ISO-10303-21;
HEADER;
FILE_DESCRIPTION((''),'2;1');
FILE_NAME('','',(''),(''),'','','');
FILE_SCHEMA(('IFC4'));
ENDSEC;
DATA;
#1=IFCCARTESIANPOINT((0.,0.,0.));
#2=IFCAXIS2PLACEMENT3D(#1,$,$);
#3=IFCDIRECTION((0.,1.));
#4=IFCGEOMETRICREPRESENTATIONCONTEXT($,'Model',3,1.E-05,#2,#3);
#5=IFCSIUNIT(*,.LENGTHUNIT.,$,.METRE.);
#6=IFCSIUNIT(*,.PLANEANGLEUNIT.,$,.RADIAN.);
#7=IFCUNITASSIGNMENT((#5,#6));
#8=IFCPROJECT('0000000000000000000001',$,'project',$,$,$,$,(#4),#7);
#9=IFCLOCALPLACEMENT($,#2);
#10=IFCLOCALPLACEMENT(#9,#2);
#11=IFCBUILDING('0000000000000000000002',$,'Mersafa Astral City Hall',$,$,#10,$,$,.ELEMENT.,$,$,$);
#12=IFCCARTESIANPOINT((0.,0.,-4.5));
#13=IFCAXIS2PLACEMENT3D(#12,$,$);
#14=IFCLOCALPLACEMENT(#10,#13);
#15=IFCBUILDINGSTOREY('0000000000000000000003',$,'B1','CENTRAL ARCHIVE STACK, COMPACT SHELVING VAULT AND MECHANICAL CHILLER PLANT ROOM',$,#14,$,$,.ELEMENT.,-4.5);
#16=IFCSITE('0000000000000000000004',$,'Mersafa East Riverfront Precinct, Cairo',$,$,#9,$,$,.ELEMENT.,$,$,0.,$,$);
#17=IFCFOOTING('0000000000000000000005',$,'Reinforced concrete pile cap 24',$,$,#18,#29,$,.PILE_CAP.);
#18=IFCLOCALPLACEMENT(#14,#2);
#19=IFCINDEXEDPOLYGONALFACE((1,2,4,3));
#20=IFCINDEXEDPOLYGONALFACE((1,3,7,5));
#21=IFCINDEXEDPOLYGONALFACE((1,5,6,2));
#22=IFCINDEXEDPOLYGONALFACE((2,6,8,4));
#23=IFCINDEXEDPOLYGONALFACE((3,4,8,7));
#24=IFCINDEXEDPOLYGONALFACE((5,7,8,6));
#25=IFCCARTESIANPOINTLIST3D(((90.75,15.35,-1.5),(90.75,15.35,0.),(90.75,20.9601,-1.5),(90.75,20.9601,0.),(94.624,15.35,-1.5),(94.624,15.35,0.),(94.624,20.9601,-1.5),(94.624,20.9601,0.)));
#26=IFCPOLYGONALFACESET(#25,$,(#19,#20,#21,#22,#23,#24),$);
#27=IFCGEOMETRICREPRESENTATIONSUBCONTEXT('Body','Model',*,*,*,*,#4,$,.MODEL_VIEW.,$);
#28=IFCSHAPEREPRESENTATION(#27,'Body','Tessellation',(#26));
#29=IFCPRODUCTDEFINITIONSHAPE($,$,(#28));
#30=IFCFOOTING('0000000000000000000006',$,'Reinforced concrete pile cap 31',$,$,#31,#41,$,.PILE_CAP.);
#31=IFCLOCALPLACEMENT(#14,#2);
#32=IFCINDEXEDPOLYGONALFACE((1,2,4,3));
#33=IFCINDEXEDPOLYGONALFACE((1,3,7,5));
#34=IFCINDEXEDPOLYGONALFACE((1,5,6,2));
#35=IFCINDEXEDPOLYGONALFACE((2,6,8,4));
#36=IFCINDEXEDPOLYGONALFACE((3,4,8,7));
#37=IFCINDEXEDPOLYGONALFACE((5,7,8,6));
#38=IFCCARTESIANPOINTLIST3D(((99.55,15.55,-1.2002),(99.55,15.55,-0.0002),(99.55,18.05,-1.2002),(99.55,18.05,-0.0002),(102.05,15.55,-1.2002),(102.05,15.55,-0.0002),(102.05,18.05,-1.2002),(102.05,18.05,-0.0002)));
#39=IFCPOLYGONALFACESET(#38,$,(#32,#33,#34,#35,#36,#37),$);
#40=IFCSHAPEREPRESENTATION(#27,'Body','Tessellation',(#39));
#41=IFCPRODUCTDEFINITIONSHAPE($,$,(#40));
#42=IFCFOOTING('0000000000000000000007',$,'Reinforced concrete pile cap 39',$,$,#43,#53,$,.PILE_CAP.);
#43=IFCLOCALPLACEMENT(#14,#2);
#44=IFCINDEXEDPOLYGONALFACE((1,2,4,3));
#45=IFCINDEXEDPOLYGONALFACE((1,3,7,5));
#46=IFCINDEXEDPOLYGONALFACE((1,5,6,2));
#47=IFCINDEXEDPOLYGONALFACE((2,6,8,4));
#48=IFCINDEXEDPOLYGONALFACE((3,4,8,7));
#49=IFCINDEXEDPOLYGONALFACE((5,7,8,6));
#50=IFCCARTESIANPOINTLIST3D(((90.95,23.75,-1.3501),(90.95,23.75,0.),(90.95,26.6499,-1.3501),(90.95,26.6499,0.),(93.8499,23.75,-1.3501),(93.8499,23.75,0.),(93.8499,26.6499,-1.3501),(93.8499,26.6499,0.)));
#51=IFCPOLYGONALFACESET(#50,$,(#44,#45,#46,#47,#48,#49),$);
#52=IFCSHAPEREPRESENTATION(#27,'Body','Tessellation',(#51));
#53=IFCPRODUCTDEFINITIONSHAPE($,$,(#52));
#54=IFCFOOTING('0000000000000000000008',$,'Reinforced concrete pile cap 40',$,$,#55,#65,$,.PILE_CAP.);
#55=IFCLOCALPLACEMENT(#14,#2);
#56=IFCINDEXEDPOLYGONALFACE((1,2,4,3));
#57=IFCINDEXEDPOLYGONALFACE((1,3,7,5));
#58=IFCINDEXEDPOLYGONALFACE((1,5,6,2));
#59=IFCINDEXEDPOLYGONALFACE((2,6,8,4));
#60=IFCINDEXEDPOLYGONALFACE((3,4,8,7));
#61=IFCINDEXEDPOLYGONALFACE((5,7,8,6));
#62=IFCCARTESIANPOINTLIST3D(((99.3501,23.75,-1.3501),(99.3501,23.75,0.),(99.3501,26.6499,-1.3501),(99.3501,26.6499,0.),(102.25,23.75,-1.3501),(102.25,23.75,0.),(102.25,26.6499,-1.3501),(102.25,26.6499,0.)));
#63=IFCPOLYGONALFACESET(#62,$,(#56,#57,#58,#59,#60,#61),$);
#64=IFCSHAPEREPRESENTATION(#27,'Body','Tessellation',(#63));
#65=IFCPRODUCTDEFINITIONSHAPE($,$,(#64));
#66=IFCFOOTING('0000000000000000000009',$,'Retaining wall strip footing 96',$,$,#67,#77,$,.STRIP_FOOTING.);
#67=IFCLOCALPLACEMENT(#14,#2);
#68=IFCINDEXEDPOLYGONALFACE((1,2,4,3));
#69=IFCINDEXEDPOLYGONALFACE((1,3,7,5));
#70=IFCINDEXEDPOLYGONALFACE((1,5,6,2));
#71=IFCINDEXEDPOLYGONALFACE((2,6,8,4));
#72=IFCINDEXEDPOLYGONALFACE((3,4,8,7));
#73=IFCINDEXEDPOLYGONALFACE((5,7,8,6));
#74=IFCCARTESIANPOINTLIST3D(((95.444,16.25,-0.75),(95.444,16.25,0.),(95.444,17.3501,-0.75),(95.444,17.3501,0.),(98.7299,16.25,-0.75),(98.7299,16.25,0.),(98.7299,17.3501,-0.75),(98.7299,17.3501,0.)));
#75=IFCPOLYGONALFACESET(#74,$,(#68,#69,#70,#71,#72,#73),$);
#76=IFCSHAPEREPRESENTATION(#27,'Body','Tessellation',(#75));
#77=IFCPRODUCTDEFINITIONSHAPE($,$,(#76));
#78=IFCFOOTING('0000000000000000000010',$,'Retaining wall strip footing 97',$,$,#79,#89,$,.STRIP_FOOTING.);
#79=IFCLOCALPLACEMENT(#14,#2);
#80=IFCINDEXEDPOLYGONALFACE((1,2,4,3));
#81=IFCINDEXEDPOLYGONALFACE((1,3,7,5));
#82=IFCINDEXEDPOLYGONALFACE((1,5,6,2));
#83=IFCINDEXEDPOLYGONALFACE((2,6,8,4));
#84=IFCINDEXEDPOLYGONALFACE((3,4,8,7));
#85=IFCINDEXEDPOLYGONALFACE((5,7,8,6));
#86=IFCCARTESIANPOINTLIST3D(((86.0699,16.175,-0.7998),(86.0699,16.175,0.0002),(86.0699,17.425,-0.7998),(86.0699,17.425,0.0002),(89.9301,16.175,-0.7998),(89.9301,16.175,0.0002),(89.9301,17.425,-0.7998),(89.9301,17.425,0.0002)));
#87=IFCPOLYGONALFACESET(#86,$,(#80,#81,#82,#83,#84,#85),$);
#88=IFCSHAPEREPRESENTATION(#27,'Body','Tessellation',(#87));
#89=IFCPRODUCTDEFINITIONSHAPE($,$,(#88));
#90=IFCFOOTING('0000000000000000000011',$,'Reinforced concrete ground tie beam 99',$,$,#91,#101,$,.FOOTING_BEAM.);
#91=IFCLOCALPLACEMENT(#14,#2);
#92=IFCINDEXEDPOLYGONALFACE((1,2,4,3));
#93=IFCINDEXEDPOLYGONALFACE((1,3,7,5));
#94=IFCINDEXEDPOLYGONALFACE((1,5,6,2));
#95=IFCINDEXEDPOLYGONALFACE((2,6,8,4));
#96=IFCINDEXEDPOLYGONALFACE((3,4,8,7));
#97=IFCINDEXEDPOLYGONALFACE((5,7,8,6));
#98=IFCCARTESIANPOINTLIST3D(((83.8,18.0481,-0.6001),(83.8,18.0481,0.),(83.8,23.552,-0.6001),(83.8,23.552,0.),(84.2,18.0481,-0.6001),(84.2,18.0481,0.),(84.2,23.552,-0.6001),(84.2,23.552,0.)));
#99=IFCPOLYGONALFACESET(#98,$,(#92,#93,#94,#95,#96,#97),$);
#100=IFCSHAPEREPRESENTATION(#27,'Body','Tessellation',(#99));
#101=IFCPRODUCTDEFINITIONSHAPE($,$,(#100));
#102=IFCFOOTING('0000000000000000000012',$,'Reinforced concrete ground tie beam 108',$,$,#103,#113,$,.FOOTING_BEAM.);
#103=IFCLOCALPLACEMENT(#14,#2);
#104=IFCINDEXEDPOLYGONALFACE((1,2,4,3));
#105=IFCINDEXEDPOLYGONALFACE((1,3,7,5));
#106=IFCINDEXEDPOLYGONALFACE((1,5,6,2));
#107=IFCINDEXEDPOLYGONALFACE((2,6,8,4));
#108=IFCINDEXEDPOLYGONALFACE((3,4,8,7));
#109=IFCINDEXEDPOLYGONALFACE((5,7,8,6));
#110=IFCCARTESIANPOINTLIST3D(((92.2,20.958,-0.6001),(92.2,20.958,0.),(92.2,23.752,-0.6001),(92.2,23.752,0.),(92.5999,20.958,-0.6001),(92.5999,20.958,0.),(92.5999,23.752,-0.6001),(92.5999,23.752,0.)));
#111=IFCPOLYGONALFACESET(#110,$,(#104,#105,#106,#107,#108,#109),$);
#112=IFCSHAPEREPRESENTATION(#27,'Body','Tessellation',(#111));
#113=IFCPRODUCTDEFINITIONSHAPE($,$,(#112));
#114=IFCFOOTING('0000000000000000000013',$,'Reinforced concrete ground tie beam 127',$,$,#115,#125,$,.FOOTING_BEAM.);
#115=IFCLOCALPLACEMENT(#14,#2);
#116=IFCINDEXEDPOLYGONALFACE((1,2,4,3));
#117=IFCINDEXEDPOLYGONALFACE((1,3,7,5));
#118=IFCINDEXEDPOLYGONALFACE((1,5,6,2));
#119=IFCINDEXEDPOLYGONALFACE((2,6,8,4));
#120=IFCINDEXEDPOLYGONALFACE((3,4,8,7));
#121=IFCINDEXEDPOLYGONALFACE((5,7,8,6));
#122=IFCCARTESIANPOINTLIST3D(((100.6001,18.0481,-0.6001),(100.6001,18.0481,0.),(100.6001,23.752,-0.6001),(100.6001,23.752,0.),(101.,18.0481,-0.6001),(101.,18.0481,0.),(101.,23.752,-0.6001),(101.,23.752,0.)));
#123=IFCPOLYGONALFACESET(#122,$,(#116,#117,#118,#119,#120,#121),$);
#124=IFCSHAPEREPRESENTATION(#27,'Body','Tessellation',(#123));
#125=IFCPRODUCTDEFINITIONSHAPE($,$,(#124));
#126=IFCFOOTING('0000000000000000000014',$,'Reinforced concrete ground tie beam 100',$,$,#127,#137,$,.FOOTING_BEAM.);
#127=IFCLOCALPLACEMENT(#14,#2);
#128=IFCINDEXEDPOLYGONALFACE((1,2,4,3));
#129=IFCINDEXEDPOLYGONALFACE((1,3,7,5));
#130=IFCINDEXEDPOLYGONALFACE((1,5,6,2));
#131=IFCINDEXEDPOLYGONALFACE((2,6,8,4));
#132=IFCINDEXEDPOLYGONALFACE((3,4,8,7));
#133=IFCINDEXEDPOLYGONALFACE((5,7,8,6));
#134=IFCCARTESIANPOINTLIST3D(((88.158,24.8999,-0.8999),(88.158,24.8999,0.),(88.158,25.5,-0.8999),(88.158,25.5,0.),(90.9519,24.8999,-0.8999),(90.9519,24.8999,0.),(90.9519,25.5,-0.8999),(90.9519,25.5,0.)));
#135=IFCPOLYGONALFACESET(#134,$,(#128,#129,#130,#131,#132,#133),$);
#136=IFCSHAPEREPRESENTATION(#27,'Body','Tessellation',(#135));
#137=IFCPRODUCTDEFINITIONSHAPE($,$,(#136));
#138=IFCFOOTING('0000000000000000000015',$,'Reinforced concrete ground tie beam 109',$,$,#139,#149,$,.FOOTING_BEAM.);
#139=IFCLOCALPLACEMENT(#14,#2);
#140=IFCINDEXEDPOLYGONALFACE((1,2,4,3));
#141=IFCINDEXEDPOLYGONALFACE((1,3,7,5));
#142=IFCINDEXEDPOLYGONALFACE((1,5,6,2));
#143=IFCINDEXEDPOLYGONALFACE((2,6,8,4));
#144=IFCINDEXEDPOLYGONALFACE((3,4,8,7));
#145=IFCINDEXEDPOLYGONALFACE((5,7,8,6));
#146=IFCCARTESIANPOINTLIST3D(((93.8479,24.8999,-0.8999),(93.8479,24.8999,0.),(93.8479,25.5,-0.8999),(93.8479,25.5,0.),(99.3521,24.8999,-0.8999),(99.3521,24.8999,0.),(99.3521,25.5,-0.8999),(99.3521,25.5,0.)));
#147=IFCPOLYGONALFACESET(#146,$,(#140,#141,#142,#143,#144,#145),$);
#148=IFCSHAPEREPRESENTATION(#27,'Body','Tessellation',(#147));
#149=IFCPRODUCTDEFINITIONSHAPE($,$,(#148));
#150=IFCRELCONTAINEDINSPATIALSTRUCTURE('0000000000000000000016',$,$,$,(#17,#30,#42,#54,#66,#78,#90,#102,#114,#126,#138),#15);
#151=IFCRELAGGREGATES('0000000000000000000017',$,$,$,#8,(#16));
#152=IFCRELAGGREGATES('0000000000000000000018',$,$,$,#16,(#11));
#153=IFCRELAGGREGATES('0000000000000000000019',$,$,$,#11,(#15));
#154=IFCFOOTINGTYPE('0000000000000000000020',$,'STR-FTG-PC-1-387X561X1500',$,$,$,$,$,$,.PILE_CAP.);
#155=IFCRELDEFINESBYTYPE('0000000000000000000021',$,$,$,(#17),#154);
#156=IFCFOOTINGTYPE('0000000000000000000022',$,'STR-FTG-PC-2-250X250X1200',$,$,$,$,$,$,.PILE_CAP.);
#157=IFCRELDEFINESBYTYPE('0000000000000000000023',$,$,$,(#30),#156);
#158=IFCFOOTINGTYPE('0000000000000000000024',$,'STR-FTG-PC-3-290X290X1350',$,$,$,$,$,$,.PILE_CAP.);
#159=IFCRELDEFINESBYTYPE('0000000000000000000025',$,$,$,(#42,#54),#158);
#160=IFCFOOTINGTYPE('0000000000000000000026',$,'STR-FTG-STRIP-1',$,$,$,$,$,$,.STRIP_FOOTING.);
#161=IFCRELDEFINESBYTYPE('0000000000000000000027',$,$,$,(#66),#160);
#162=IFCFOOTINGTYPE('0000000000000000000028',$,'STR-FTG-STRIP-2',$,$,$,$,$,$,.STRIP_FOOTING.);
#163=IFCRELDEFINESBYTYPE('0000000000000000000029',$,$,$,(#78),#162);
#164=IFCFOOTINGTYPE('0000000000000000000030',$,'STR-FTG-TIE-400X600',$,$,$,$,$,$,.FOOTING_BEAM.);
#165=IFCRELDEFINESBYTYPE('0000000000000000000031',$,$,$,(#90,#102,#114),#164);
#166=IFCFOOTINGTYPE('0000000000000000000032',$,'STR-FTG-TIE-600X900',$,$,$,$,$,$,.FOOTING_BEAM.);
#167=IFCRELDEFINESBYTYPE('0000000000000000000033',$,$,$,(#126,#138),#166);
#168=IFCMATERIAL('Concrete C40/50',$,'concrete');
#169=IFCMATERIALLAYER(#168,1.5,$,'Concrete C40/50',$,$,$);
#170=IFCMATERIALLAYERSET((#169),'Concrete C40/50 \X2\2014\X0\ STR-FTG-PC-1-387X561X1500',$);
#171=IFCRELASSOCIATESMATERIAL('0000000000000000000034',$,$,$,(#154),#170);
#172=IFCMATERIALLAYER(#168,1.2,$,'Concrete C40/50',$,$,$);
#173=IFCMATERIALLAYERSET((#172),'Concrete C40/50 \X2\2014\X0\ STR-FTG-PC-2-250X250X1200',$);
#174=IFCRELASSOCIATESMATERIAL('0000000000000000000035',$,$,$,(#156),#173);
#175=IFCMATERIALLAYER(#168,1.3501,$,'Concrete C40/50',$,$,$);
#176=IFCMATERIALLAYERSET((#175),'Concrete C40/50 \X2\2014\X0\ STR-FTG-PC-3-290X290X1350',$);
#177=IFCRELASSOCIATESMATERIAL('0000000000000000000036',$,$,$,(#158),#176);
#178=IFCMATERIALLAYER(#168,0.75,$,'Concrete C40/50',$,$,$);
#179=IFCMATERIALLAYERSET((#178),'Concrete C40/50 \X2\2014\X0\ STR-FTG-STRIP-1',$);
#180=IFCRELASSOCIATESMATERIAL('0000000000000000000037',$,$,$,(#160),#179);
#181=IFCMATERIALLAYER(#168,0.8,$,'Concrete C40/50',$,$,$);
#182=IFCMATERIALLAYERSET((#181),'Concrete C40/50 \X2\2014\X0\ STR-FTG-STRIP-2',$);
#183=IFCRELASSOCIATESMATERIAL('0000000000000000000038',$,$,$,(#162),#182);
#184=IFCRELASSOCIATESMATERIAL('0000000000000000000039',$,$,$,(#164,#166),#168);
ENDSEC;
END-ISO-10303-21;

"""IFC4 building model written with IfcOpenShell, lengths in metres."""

from ifc_helpers import new_model, si_unit, direction, frame, origin, origin_2d, place, context, subcontext, project, spatial, rectangle, extrude, material, layer, layer_set, material_profile, profile_set, type_object, element, save


model = new_model("IFC4")

# Units and contexts
model_context = context("Model", 3, precision=1e-05, world=origin(), true_north=direction((0.0, 1.0)))
body_context = subcontext(model_context, "Body", "Model", "MODEL_VIEW")
ifc_project = project(units=[si_unit("LENGTHUNIT", "METRE"), si_unit("PLANEANGLEUNIT", "RADIAN")], contexts=[model_context])

# Site, building, storey
site_placement = place(None, origin())
site = spatial("IfcSite", under=ifc_project, at=site_placement, Name="Mersafa East Riverfront Precinct, Cairo", CompositionType="ELEMENT", RefElevation=0.0)
building_placement = place(site_placement, origin())
building = spatial("IfcBuilding", under=site, at=building_placement, Name="Mersafa Astral City Hall", CompositionType="ELEMENT")
storey_placement = place(building_placement, frame((0.0, 0.0, -4.5)))
storey = spatial("IfcBuildingStorey", under=building, at=storey_placement, Name="B1", Description="CENTRAL ARCHIVE STACK, COMPACT SHELVING VAULT AND MECHANICAL CHILLER PLANT ROOM", CompositionType="ELEMENT", Elevation=-4.5)

# Footings
ifc_material_1 = material(Name="Concrete C40/50", Category="concrete")
ifc_layer_1 = layer(ifc_material_1, 1.5, Name="Concrete C40/50")
ifc_layer_set_1 = layer_set([ifc_layer_1], Name="Concrete C40/50 — STR-FTG-PC-1-387X561X1500")
footing_type_1 = type_object("IfcFootingType", Name="STR-FTG-PC-1-387X561X1500", PredefinedType="PILE_CAP", material=ifc_layer_set_1)
footing_1_placement = place(storey_placement, frame((92.687, 18.155, -1.5), z_axis=(0.0, 0.0, 1.0), x_axis=(1.0, 0.0, 0.0)))
element("IfcFooting", 1, at=footing_1_placement, inside=storey, type_object=footing_type_1, Name="Reinforced concrete pile cap 24", PredefinedType="PILE_CAP", context=body_context, shape_type="SweptSolid", body=[
    extrude(rectangle(XDim=3.874, YDim=5.6101, at=origin_2d()), origin(), (0.0, 0.0, 1.0), 1.5),
])
ifc_layer_2 = layer(ifc_material_1, 1.2, Name="Concrete C40/50")
ifc_layer_set_2 = layer_set([ifc_layer_2], Name="Concrete C40/50 — STR-FTG-PC-2-250X250X1200")
footing_type_2 = type_object("IfcFootingType", Name="STR-FTG-PC-2-250X250X1200", PredefinedType="PILE_CAP", material=ifc_layer_set_2)
footing_2_placement = place(storey_placement, frame((100.8, 16.8, -1.2002), z_axis=(0.0, 0.0, 1.0), x_axis=(1.0, 0.0, 0.0)))
element("IfcFooting", 2, at=footing_2_placement, inside=storey, type_object=footing_type_2, Name="Reinforced concrete pile cap 31", PredefinedType="PILE_CAP", context=body_context, shape_type="SweptSolid", body=[
    extrude(rectangle(XDim=2.5, YDim=2.5, at=origin_2d()), origin(), (0.0, 0.0, 1.0), 1.2),
])
ifc_layer_3 = layer(ifc_material_1, 1.3501, Name="Concrete C40/50")
ifc_layer_set_3 = layer_set([ifc_layer_3], Name="Concrete C40/50 — STR-FTG-PC-3-290X290X1350")
footing_type_3 = type_object("IfcFootingType", Name="STR-FTG-PC-3-290X290X1350", PredefinedType="PILE_CAP", material=ifc_layer_set_3)
for number, where, z_axis, x_axis, name in (
    (3, (92.3999, 25.2, -1.3501), (0.0, 0.0, 1.0), (1.0, 0.0, 0.0), "Reinforced concrete pile cap 39"),
    (4, (100.8, 25.2, -1.3501), (0.0, 0.0, 1.0), (1.0, 0.0, 0.0), "Reinforced concrete pile cap 40"),
):
    element("IfcFooting", number, at=place(storey_placement, frame(where, z_axis=z_axis, x_axis=x_axis)), inside=storey, type_object=footing_type_3, Name=name, PredefinedType="PILE_CAP", context=body_context, shape_type="SweptSolid", body=[
        extrude(rectangle(XDim=2.8999, YDim=2.8999, at=origin_2d()), origin(), (0.0, 0.0, 1.0), 1.3501),
    ])
ifc_layer_4 = layer(ifc_material_1, 0.75, Name="Concrete C40/50")
ifc_layer_set_4 = layer_set([ifc_layer_4], Name="Concrete C40/50 — STR-FTG-STRIP-1")
footing_type_4 = type_object("IfcFootingType", Name="STR-FTG-STRIP-1", PredefinedType="STRIP_FOOTING", material=ifc_layer_set_4)
footing_3_placement = place(storey_placement, frame((97.0869, 16.8, -0.75), z_axis=(0.0, 0.0, 1.0), x_axis=(-1.0, 0.0, 0.0)))
element("IfcFooting", 5, at=footing_3_placement, inside=storey, type_object=footing_type_4, Name="Retaining wall strip footing 96", PredefinedType="STRIP_FOOTING", context=body_context, shape_type="SweptSolid", body=[
    extrude(rectangle(XDim=3.2859, YDim=1.1001, at=origin_2d()), origin(), (0.0, 0.0, 1.0), 0.75),
])
ifc_layer_5 = layer(ifc_material_1, 0.8, Name="Concrete C40/50")
ifc_layer_set_5 = layer_set([ifc_layer_5], Name="Concrete C40/50 — STR-FTG-STRIP-2")
footing_type_5 = type_object("IfcFootingType", Name="STR-FTG-STRIP-2", PredefinedType="STRIP_FOOTING", material=ifc_layer_set_5)
footing_4_placement = place(storey_placement, frame((88.0, 16.8, -0.7998), z_axis=(0.0, 0.0, 1.0), x_axis=(-1.0, 0.0, 0.0)))
element("IfcFooting", 6, at=footing_4_placement, inside=storey, type_object=footing_type_5, Name="Retaining wall strip footing 97", PredefinedType="STRIP_FOOTING", context=body_context, shape_type="SweptSolid", body=[
    extrude(rectangle(XDim=3.8601, YDim=1.25, at=origin_2d()), origin(), (0.0, 0.0, 1.0), 0.8),
])
ifc_material_profile_1 = material_profile(ifc_material_1, rectangle(XDim=0.3999, YDim=0.6001, at=origin_2d()), Name="RC 400x600")
ifc_profile_set_1 = profile_set([ifc_material_profile_1], Name="Concrete C40/50")
footing_type_6 = type_object("IfcFootingType", Name="STR-FTG-TIE-400X600", PredefinedType="FOOTING_BEAM", material=ifc_profile_set_1)
footing_5_placement = place(storey_placement, frame((84.0, 18.0481, -0.3), z_axis=(0.0, 1.0, 0.0), x_axis=(-1.0, 0.0, 0.0)))
element("IfcFooting", 7, at=footing_5_placement, inside=storey, type_object=footing_type_6, Name="Reinforced concrete ground tie beam 99", PredefinedType="FOOTING_BEAM", context=body_context, shape_type="SweptSolid", body=[
    extrude(rectangle(XDim=0.3999, YDim=0.6001, at=origin_2d()), origin(), (0.0, 0.0, 1.0), 5.5039),
])
footing_6_placement = place(storey_placement, frame((92.3999, 20.958, -0.3), z_axis=(0.0, 1.0, 0.0), x_axis=(-1.0, 0.0, 0.0)))
element("IfcFooting", 8, at=footing_6_placement, inside=storey, type_object=footing_type_6, Name="Reinforced concrete ground tie beam 108", PredefinedType="FOOTING_BEAM", context=body_context, shape_type="SweptSolid", body=[
    extrude(rectangle(XDim=0.3999, YDim=0.6001, at=origin_2d()), origin(), (0.0, 0.0, 1.0), 2.7939),
])
footing_7_placement = place(storey_placement, frame((100.8, 18.0481, -0.3), z_axis=(0.0, 1.0, 0.0), x_axis=(-1.0, 0.0, 0.0)))
element("IfcFooting", 9, at=footing_7_placement, inside=storey, type_object=footing_type_6, Name="Reinforced concrete ground tie beam 127", PredefinedType="FOOTING_BEAM", context=body_context, shape_type="SweptSolid", body=[
    extrude(rectangle(XDim=0.3999, YDim=0.6001, at=origin_2d()), origin(), (0.0, 0.0, 1.0), 5.7039),
])
ifc_material_profile_2 = material_profile(ifc_material_1, rectangle(XDim=0.6001, YDim=0.8999, at=origin_2d()), Name="RC 600x900")
ifc_profile_set_2 = profile_set([ifc_material_profile_2], Name="Concrete C40/50")
footing_type_7 = type_object("IfcFootingType", Name="STR-FTG-TIE-600X900", PredefinedType="FOOTING_BEAM", material=ifc_profile_set_2)
footing_8_placement = place(storey_placement, frame((88.158, 25.2, -0.45), z_axis=(1.0, 0.0, 0.0), x_axis=(0.0, 1.0, 0.0)))
element("IfcFooting", 10, at=footing_8_placement, inside=storey, type_object=footing_type_7, Name="Reinforced concrete ground tie beam 100", PredefinedType="FOOTING_BEAM", context=body_context, shape_type="SweptSolid", body=[
    extrude(rectangle(XDim=0.6001, YDim=0.8999, at=origin_2d()), origin(), (0.0, 0.0, 1.0), 2.7939),
])
footing_9_placement = place(storey_placement, frame((93.8479, 25.2, -0.45), z_axis=(1.0, 0.0, 0.0), x_axis=(0.0, 1.0, 0.0)))
element("IfcFooting", 11, at=footing_9_placement, inside=storey, type_object=footing_type_7, Name="Reinforced concrete ground tie beam 109", PredefinedType="FOOTING_BEAM", context=body_context, shape_type="SweptSolid", body=[
    extrude(rectangle(XDim=0.6001, YDim=0.8999, at=origin_2d()), origin(), (0.0, 0.0, 1.0), 5.5042),
])

save(model, "model.ifc")
